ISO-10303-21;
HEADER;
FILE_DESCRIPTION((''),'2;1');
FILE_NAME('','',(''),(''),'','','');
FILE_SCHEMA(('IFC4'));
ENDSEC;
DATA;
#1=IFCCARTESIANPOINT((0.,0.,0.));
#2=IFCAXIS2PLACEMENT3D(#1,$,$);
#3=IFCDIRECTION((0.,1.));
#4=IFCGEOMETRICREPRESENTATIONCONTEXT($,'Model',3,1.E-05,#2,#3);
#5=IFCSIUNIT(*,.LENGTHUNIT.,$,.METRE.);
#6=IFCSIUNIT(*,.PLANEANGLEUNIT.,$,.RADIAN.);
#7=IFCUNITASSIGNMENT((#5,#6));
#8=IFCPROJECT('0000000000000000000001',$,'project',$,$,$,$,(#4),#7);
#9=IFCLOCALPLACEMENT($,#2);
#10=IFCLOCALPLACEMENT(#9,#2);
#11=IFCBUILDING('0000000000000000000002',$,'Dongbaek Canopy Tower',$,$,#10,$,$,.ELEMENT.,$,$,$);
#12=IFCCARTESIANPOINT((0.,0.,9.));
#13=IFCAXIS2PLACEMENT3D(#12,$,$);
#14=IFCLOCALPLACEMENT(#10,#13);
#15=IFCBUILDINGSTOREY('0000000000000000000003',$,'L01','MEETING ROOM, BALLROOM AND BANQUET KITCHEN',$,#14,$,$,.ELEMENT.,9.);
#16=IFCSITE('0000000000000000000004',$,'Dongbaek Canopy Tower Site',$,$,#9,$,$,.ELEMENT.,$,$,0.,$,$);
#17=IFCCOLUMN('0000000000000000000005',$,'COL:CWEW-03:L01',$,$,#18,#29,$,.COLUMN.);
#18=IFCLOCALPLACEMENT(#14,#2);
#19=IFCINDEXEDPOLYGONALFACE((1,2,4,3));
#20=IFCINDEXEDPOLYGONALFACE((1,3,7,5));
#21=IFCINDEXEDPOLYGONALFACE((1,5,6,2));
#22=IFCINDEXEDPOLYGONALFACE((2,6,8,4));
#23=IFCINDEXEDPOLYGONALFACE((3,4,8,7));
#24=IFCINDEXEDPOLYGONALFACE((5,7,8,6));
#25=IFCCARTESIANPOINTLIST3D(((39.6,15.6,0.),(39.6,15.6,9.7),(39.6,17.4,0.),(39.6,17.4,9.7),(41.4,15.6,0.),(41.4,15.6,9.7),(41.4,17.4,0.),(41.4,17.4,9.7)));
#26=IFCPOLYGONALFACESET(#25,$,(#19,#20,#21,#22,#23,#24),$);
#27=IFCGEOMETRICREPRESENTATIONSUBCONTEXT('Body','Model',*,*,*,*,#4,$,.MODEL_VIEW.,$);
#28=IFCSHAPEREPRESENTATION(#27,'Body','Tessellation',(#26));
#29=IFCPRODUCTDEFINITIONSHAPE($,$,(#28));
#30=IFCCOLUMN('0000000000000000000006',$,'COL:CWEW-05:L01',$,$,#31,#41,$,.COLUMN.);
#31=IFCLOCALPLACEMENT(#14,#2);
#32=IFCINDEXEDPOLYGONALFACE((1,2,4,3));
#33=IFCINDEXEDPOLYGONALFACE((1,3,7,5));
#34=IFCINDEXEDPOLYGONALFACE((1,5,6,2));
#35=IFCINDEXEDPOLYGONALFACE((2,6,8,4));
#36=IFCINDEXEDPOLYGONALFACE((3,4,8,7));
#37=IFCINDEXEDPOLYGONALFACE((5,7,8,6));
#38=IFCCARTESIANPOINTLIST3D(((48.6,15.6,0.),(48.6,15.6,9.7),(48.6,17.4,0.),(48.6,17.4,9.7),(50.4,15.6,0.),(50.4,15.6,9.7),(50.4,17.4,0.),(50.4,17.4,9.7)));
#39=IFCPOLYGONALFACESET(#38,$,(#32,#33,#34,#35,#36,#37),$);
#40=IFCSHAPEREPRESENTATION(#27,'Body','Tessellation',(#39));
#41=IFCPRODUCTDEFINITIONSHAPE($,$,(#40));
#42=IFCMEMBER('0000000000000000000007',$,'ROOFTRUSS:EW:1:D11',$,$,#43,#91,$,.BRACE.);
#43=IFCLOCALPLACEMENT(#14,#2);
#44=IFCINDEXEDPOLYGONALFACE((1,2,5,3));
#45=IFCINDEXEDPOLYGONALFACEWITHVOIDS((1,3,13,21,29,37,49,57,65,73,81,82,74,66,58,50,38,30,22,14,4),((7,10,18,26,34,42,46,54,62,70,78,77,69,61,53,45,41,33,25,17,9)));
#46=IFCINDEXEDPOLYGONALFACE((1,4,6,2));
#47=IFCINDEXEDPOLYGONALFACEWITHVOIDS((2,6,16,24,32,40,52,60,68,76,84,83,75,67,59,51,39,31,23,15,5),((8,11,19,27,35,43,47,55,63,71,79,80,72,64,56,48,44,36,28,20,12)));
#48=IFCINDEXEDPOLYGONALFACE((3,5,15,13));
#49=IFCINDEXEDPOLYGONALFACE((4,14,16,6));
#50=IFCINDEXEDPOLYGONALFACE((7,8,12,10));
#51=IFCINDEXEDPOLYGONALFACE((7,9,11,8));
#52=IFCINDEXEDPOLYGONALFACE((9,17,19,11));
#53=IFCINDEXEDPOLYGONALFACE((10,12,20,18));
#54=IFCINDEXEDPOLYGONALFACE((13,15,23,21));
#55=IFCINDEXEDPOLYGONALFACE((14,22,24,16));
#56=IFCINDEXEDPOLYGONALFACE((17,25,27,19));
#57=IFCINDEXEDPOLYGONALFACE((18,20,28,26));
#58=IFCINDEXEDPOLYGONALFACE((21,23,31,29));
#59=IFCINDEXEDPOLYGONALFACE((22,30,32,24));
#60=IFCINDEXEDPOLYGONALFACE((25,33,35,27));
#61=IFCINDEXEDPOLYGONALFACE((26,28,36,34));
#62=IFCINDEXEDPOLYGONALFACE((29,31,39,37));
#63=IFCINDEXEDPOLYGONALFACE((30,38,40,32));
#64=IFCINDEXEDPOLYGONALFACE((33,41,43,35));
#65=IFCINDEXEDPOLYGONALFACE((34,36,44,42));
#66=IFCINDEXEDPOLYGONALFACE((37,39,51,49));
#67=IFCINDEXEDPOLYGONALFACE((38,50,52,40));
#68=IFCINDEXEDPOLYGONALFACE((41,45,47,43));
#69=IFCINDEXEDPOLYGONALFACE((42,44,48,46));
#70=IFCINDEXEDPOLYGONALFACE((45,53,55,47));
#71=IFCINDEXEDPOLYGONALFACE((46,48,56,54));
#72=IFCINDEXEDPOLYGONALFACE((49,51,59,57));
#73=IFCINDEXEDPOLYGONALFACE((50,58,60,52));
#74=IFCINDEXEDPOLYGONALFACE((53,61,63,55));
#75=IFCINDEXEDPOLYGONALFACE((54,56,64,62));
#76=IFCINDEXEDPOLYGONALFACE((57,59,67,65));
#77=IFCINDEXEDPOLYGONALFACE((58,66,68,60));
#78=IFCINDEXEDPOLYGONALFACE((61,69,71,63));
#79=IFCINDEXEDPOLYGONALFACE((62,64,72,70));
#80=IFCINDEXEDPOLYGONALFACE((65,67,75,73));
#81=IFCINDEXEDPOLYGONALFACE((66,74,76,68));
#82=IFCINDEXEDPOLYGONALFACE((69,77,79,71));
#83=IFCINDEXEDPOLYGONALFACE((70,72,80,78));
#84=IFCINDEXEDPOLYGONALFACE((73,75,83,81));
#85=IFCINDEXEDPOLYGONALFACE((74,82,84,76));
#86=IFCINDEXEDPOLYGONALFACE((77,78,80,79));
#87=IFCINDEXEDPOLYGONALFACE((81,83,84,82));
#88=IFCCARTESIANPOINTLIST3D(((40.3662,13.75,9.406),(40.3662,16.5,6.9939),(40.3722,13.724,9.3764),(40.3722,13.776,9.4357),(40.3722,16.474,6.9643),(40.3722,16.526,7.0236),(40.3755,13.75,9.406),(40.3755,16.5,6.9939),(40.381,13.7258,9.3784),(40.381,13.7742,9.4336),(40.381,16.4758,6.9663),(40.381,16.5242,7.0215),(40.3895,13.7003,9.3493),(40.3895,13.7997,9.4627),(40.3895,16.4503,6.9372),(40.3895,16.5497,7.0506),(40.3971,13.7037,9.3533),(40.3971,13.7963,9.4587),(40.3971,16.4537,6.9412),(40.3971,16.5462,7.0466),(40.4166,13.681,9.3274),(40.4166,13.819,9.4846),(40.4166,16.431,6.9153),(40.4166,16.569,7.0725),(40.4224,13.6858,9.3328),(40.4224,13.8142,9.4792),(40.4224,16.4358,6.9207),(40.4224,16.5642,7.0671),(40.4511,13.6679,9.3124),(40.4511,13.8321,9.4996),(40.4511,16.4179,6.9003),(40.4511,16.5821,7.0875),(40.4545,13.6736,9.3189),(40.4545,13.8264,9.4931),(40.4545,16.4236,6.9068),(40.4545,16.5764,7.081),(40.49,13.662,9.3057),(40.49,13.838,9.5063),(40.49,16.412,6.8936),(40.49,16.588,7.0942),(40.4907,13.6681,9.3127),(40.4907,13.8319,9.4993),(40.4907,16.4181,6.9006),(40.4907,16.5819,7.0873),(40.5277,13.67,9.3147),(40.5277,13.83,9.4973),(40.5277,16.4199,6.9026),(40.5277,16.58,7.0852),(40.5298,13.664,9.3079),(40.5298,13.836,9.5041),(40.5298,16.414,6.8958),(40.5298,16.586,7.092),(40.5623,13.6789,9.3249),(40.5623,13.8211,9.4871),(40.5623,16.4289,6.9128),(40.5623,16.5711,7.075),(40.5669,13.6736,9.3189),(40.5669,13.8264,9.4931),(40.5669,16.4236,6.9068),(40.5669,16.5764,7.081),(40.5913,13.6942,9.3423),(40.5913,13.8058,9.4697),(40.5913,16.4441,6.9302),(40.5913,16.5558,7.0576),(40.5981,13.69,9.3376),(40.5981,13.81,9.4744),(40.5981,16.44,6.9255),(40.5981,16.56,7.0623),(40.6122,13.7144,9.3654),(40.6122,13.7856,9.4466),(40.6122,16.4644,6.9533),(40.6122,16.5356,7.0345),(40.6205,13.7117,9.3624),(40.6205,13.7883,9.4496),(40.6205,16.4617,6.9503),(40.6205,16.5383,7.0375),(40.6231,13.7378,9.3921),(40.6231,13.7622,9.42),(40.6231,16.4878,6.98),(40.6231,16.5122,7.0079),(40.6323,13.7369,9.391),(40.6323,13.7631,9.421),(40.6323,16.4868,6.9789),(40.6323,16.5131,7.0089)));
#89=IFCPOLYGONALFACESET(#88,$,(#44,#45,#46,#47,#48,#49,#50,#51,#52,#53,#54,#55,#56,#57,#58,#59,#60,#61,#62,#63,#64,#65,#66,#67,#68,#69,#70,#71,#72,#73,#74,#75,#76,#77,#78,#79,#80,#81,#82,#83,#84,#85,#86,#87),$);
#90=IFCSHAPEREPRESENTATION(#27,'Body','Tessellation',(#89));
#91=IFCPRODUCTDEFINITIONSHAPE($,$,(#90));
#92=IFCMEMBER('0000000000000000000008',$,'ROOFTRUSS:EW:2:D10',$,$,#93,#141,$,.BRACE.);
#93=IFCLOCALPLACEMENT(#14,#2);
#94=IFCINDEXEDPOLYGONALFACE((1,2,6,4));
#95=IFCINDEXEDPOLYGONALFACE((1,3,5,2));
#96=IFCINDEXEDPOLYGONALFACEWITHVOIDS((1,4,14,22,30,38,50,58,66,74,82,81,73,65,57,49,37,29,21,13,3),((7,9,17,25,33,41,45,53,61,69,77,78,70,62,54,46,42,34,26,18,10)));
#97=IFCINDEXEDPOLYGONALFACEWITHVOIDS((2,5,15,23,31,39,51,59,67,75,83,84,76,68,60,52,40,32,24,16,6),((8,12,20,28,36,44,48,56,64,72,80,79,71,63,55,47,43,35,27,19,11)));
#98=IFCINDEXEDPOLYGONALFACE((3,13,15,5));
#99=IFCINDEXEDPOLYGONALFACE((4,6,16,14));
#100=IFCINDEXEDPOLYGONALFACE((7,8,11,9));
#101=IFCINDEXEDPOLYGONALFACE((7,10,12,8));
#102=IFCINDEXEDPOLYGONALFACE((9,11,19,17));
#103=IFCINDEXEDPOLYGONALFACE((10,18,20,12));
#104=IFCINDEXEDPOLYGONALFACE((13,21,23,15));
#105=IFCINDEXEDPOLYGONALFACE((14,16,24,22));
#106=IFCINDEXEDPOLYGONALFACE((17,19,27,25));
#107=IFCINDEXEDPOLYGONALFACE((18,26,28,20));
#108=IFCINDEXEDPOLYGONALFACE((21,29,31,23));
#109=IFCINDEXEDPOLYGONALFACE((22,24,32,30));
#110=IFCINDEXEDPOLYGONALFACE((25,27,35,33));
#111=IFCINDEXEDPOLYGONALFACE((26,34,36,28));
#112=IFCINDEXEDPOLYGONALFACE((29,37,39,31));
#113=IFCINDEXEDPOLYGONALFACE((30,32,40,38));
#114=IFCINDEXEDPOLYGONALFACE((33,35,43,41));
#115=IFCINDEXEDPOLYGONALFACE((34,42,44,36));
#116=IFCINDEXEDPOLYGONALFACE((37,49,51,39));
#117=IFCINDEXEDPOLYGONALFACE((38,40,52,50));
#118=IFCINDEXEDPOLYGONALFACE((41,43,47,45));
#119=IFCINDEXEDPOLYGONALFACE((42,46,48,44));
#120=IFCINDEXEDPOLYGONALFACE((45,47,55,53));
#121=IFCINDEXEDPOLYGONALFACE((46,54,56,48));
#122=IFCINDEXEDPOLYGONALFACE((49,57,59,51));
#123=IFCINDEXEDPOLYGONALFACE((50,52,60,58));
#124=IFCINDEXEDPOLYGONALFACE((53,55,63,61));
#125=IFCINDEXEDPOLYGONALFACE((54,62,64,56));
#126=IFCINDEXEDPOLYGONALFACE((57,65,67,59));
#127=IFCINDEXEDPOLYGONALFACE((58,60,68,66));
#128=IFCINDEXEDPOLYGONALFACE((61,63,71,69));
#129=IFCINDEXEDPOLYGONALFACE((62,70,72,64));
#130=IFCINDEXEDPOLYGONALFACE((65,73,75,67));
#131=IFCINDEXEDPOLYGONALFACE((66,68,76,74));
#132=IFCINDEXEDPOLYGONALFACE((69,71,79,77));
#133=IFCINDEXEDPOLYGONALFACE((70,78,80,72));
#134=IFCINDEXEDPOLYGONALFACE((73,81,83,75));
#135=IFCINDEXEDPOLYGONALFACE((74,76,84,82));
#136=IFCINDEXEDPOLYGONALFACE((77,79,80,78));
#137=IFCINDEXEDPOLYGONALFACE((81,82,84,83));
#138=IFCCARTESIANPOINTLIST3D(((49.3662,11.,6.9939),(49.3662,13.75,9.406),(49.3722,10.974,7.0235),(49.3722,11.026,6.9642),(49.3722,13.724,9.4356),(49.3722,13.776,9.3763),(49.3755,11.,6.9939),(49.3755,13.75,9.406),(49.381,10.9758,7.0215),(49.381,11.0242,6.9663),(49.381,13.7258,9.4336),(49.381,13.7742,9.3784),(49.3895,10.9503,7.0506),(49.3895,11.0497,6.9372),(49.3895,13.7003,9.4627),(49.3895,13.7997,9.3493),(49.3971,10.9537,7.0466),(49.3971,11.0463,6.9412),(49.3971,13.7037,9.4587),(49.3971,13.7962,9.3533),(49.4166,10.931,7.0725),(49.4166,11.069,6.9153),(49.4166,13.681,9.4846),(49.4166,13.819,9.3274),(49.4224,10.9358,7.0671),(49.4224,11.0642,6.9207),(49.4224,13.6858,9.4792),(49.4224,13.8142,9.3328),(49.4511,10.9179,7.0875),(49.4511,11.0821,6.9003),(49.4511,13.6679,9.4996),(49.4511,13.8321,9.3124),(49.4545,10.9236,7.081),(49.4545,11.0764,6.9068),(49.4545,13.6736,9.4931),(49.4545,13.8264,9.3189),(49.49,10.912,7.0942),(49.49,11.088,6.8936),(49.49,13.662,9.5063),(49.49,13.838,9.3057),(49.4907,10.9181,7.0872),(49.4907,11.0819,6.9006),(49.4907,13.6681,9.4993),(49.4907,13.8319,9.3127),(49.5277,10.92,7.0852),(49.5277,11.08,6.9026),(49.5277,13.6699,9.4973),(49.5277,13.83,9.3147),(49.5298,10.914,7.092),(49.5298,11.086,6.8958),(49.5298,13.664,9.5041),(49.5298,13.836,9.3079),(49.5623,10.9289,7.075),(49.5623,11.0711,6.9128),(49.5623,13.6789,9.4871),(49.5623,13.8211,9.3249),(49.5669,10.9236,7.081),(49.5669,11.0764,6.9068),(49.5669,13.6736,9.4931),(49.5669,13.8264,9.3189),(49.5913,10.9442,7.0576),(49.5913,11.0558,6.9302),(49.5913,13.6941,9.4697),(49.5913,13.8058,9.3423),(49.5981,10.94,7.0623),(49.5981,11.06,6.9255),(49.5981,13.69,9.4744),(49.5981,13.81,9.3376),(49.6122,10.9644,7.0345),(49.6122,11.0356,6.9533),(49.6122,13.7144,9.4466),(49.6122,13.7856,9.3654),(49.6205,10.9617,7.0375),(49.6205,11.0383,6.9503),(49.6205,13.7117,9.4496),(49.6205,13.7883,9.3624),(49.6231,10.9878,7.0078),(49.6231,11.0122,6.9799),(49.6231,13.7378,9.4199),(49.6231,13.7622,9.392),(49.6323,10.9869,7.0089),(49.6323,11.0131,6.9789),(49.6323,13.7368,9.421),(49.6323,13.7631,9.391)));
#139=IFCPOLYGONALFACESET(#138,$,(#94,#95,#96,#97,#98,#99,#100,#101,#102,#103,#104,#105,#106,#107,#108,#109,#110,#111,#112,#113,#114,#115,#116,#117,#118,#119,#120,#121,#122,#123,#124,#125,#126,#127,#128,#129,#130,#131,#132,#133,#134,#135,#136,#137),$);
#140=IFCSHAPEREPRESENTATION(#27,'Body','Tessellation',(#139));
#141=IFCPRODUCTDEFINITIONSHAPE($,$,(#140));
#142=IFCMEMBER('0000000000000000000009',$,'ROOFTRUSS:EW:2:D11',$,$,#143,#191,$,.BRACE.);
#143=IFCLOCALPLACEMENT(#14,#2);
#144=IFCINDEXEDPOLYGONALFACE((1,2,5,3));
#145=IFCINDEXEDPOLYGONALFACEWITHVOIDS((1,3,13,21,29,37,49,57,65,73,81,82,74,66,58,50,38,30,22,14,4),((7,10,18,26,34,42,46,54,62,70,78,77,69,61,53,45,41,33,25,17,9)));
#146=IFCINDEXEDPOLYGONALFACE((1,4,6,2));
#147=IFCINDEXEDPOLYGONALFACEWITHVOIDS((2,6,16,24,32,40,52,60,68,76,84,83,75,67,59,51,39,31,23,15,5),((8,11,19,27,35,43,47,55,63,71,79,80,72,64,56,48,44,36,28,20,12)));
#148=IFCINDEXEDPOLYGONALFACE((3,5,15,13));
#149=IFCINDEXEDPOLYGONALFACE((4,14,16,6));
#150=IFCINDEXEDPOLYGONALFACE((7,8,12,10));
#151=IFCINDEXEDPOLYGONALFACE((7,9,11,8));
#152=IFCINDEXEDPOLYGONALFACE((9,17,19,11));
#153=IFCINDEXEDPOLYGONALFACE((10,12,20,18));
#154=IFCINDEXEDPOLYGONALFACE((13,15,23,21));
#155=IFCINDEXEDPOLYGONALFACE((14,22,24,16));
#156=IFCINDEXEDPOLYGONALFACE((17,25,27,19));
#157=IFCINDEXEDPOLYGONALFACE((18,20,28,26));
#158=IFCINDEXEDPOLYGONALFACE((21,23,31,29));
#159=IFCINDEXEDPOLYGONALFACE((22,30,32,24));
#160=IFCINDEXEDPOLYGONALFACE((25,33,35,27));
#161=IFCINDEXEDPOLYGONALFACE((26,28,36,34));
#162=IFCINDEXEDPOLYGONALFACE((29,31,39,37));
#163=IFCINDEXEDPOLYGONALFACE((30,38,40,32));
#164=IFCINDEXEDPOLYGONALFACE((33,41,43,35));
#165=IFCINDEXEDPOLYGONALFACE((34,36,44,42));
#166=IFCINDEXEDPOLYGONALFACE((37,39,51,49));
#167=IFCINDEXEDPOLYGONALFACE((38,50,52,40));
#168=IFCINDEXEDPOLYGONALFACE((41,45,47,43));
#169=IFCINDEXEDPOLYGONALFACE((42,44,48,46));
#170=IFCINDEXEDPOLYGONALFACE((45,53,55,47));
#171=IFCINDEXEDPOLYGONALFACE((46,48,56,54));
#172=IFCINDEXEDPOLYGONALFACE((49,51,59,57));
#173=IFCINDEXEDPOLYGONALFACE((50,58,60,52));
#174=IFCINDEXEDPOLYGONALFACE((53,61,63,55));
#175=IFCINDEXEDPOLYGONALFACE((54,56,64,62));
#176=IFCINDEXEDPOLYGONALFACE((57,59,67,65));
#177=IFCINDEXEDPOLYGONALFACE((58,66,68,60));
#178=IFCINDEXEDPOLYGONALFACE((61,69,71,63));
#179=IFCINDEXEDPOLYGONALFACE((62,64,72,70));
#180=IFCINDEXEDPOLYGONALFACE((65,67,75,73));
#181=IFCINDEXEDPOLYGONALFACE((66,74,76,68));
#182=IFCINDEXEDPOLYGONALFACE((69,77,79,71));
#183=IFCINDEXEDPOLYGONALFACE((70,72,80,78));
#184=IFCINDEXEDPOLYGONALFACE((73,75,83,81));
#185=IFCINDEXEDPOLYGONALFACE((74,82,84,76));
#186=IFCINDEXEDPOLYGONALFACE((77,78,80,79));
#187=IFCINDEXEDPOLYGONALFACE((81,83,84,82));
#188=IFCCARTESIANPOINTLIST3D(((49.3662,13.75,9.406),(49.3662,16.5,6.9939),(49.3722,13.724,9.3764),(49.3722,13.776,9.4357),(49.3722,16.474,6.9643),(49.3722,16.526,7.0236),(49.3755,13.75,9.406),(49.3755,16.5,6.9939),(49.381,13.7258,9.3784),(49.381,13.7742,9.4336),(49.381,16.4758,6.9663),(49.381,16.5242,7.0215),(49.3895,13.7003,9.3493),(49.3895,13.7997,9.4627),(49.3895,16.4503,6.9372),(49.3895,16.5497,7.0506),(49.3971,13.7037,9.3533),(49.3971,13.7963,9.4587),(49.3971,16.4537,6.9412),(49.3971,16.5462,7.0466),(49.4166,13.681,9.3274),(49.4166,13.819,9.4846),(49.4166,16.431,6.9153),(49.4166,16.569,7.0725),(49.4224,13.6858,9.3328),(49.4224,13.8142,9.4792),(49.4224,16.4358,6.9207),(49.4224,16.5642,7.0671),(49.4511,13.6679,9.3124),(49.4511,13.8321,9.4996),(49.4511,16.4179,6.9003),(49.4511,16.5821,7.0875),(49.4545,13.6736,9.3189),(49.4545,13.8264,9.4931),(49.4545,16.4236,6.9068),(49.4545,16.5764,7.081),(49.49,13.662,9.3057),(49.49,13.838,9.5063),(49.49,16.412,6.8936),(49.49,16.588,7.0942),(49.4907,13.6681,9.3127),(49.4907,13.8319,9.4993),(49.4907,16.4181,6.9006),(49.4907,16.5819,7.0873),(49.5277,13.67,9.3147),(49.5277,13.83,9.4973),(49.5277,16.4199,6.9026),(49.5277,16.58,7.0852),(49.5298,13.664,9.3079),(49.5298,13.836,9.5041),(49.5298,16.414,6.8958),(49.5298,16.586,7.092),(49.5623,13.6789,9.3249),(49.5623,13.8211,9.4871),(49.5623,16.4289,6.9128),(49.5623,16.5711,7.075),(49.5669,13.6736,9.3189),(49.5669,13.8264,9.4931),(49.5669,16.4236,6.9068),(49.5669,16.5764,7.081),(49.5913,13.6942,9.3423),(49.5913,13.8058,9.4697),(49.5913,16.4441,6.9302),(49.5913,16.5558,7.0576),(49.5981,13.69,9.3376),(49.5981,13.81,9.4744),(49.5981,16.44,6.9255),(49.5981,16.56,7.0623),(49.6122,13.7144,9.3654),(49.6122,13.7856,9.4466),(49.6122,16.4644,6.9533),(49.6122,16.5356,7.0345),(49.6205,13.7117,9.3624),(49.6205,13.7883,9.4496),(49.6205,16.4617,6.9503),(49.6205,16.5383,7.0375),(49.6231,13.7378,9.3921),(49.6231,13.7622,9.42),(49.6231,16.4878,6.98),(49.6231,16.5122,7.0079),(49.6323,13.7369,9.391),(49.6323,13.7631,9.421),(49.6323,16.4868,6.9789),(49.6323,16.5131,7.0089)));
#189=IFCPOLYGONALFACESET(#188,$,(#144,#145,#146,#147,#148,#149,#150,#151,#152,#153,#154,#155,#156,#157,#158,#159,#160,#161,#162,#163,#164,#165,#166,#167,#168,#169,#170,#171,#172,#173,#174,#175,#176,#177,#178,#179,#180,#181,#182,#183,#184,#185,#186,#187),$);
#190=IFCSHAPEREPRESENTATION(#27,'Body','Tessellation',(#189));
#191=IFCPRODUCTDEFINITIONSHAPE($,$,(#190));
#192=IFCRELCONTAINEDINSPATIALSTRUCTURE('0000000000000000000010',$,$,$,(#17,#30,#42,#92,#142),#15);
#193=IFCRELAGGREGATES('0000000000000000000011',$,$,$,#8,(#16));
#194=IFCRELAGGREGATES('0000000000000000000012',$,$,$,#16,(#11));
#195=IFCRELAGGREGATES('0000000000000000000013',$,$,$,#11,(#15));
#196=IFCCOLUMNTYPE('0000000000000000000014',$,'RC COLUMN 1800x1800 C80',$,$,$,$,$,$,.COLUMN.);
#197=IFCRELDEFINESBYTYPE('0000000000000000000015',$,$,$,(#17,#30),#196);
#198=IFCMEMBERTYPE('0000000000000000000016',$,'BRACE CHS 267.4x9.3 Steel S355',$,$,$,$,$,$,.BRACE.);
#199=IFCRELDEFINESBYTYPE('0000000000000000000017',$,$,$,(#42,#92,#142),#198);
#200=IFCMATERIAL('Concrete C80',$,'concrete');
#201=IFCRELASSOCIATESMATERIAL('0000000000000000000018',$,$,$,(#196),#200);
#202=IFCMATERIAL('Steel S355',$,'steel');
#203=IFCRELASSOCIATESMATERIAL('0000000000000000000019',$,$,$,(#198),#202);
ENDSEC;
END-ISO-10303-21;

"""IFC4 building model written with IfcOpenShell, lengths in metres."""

from ifc_helpers import new_model, si_unit, direction, frame, origin, origin_2d, place, context, subcontext, project, spatial, rectangle, hollow_circle, extrude, material, material_profile, profile_set, type_object, element, save


model = new_model("IFC4")

# Units and contexts
model_context = context("Model", 3, precision=1e-05, world=origin(), true_north=direction((0.0, 1.0)))
body_context = subcontext(model_context, "Body", "Model", "MODEL_VIEW")
ifc_project = project(units=[si_unit("LENGTHUNIT", "METRE"), si_unit("PLANEANGLEUNIT", "RADIAN")], contexts=[model_context])

# Site, building, storey
site_placement = place(None, origin())
site = spatial("IfcSite", under=ifc_project, at=site_placement, Name="Dongbaek Canopy Tower Site", CompositionType="ELEMENT", RefElevation=0.0)
building_placement = place(site_placement, origin())
building = spatial("IfcBuilding", under=site, at=building_placement, Name="Dongbaek Canopy Tower", CompositionType="ELEMENT")
storey_placement = place(building_placement, frame((0.0, 0.0, 9.0)))
storey = spatial("IfcBuildingStorey", under=building, at=storey_placement, Name="L01", Description="MEETING ROOM, BALLROOM AND BANQUET KITCHEN", CompositionType="ELEMENT", Elevation=9.0)

# Columns
ifc_material_1 = material(Name="Concrete C80", Category="concrete")
ifc_material_profile_1 = material_profile(ifc_material_1, rectangle(XDim=1.8, YDim=1.8, at=origin_2d()), Name="RC COLUMN 1800x1800 C80")
ifc_profile_set_1 = profile_set([ifc_material_profile_1], Name="Concrete C80")
column_type = type_object("IfcColumnType", Name="RC COLUMN 1800x1800 C80", PredefinedType="COLUMN", material=ifc_profile_set_1)
for number, where, z_axis, x_axis, name in (
    (1, (40.5, 16.5, 0.0), (0.0, 0.0, 1.0), (1.0, 0.0, 0.0), "COL:CWEW-03:L01"),
    (2, (49.5, 16.5, 0.0), (0.0, 0.0, 1.0), (1.0, 0.0, 0.0), "COL:CWEW-05:L01"),
):
    element("IfcColumn", number, at=place(storey_placement, frame(where, z_axis=z_axis, x_axis=x_axis)), inside=storey, type_object=column_type, Name=name, PredefinedType="COLUMN", context=body_context, shape_type="SweptSolid", body=[
        extrude(rectangle(XDim=1.8, YDim=1.8, at=origin_2d()), origin(), (0.0, 0.0, 1.0), 9.7),
    ])

# Members
ifc_material_2 = material(Name="Steel S355", Category="steel")
ifc_material_profile_2 = material_profile(ifc_material_2, hollow_circle(Radius=0.1338, WallThickness=0.0093, at=origin_2d()), Name="BRACE CHS 267.4x9.3 Steel S355")
ifc_profile_set_2 = profile_set([ifc_material_profile_2], Name="Steel S355")
member_type_1 = type_object("IfcMemberType", Name="BRACE CHS 267.4x9.3 Steel S355", PredefinedType="BRACE", material=ifc_profile_set_2)
for number, where, z_axis, x_axis, name in (
    (3, (40.5, 13.75, 9.406), (0.0, 0.751782, -0.659411), (-1.0, 0.0, 0.0), "ROOFTRUSS:EW:1:D11"),
    (4, (49.5, 11.0, 6.9939), (0.0, 0.751782, 0.659411), (-1.0, 0.0, 0.0), "ROOFTRUSS:EW:2:D10"),
    (5, (49.5, 13.75, 9.406), (0.0, 0.751782, -0.659411), (-1.0, 0.0, 0.0), "ROOFTRUSS:EW:2:D11"),
):
    element("IfcMember", number, at=place(storey_placement, frame(where, z_axis=z_axis, x_axis=x_axis)), inside=storey, type_object=member_type_1, Name=name, PredefinedType="BRACE", context=body_context, shape_type="SweptSolid", body=[
        extrude(hollow_circle(Radius=0.1338, WallThickness=0.0093, at=origin_2d()), origin(), (0.0, 0.0, 1.0), 3.658),
    ])

save(model, "model.ifc")
